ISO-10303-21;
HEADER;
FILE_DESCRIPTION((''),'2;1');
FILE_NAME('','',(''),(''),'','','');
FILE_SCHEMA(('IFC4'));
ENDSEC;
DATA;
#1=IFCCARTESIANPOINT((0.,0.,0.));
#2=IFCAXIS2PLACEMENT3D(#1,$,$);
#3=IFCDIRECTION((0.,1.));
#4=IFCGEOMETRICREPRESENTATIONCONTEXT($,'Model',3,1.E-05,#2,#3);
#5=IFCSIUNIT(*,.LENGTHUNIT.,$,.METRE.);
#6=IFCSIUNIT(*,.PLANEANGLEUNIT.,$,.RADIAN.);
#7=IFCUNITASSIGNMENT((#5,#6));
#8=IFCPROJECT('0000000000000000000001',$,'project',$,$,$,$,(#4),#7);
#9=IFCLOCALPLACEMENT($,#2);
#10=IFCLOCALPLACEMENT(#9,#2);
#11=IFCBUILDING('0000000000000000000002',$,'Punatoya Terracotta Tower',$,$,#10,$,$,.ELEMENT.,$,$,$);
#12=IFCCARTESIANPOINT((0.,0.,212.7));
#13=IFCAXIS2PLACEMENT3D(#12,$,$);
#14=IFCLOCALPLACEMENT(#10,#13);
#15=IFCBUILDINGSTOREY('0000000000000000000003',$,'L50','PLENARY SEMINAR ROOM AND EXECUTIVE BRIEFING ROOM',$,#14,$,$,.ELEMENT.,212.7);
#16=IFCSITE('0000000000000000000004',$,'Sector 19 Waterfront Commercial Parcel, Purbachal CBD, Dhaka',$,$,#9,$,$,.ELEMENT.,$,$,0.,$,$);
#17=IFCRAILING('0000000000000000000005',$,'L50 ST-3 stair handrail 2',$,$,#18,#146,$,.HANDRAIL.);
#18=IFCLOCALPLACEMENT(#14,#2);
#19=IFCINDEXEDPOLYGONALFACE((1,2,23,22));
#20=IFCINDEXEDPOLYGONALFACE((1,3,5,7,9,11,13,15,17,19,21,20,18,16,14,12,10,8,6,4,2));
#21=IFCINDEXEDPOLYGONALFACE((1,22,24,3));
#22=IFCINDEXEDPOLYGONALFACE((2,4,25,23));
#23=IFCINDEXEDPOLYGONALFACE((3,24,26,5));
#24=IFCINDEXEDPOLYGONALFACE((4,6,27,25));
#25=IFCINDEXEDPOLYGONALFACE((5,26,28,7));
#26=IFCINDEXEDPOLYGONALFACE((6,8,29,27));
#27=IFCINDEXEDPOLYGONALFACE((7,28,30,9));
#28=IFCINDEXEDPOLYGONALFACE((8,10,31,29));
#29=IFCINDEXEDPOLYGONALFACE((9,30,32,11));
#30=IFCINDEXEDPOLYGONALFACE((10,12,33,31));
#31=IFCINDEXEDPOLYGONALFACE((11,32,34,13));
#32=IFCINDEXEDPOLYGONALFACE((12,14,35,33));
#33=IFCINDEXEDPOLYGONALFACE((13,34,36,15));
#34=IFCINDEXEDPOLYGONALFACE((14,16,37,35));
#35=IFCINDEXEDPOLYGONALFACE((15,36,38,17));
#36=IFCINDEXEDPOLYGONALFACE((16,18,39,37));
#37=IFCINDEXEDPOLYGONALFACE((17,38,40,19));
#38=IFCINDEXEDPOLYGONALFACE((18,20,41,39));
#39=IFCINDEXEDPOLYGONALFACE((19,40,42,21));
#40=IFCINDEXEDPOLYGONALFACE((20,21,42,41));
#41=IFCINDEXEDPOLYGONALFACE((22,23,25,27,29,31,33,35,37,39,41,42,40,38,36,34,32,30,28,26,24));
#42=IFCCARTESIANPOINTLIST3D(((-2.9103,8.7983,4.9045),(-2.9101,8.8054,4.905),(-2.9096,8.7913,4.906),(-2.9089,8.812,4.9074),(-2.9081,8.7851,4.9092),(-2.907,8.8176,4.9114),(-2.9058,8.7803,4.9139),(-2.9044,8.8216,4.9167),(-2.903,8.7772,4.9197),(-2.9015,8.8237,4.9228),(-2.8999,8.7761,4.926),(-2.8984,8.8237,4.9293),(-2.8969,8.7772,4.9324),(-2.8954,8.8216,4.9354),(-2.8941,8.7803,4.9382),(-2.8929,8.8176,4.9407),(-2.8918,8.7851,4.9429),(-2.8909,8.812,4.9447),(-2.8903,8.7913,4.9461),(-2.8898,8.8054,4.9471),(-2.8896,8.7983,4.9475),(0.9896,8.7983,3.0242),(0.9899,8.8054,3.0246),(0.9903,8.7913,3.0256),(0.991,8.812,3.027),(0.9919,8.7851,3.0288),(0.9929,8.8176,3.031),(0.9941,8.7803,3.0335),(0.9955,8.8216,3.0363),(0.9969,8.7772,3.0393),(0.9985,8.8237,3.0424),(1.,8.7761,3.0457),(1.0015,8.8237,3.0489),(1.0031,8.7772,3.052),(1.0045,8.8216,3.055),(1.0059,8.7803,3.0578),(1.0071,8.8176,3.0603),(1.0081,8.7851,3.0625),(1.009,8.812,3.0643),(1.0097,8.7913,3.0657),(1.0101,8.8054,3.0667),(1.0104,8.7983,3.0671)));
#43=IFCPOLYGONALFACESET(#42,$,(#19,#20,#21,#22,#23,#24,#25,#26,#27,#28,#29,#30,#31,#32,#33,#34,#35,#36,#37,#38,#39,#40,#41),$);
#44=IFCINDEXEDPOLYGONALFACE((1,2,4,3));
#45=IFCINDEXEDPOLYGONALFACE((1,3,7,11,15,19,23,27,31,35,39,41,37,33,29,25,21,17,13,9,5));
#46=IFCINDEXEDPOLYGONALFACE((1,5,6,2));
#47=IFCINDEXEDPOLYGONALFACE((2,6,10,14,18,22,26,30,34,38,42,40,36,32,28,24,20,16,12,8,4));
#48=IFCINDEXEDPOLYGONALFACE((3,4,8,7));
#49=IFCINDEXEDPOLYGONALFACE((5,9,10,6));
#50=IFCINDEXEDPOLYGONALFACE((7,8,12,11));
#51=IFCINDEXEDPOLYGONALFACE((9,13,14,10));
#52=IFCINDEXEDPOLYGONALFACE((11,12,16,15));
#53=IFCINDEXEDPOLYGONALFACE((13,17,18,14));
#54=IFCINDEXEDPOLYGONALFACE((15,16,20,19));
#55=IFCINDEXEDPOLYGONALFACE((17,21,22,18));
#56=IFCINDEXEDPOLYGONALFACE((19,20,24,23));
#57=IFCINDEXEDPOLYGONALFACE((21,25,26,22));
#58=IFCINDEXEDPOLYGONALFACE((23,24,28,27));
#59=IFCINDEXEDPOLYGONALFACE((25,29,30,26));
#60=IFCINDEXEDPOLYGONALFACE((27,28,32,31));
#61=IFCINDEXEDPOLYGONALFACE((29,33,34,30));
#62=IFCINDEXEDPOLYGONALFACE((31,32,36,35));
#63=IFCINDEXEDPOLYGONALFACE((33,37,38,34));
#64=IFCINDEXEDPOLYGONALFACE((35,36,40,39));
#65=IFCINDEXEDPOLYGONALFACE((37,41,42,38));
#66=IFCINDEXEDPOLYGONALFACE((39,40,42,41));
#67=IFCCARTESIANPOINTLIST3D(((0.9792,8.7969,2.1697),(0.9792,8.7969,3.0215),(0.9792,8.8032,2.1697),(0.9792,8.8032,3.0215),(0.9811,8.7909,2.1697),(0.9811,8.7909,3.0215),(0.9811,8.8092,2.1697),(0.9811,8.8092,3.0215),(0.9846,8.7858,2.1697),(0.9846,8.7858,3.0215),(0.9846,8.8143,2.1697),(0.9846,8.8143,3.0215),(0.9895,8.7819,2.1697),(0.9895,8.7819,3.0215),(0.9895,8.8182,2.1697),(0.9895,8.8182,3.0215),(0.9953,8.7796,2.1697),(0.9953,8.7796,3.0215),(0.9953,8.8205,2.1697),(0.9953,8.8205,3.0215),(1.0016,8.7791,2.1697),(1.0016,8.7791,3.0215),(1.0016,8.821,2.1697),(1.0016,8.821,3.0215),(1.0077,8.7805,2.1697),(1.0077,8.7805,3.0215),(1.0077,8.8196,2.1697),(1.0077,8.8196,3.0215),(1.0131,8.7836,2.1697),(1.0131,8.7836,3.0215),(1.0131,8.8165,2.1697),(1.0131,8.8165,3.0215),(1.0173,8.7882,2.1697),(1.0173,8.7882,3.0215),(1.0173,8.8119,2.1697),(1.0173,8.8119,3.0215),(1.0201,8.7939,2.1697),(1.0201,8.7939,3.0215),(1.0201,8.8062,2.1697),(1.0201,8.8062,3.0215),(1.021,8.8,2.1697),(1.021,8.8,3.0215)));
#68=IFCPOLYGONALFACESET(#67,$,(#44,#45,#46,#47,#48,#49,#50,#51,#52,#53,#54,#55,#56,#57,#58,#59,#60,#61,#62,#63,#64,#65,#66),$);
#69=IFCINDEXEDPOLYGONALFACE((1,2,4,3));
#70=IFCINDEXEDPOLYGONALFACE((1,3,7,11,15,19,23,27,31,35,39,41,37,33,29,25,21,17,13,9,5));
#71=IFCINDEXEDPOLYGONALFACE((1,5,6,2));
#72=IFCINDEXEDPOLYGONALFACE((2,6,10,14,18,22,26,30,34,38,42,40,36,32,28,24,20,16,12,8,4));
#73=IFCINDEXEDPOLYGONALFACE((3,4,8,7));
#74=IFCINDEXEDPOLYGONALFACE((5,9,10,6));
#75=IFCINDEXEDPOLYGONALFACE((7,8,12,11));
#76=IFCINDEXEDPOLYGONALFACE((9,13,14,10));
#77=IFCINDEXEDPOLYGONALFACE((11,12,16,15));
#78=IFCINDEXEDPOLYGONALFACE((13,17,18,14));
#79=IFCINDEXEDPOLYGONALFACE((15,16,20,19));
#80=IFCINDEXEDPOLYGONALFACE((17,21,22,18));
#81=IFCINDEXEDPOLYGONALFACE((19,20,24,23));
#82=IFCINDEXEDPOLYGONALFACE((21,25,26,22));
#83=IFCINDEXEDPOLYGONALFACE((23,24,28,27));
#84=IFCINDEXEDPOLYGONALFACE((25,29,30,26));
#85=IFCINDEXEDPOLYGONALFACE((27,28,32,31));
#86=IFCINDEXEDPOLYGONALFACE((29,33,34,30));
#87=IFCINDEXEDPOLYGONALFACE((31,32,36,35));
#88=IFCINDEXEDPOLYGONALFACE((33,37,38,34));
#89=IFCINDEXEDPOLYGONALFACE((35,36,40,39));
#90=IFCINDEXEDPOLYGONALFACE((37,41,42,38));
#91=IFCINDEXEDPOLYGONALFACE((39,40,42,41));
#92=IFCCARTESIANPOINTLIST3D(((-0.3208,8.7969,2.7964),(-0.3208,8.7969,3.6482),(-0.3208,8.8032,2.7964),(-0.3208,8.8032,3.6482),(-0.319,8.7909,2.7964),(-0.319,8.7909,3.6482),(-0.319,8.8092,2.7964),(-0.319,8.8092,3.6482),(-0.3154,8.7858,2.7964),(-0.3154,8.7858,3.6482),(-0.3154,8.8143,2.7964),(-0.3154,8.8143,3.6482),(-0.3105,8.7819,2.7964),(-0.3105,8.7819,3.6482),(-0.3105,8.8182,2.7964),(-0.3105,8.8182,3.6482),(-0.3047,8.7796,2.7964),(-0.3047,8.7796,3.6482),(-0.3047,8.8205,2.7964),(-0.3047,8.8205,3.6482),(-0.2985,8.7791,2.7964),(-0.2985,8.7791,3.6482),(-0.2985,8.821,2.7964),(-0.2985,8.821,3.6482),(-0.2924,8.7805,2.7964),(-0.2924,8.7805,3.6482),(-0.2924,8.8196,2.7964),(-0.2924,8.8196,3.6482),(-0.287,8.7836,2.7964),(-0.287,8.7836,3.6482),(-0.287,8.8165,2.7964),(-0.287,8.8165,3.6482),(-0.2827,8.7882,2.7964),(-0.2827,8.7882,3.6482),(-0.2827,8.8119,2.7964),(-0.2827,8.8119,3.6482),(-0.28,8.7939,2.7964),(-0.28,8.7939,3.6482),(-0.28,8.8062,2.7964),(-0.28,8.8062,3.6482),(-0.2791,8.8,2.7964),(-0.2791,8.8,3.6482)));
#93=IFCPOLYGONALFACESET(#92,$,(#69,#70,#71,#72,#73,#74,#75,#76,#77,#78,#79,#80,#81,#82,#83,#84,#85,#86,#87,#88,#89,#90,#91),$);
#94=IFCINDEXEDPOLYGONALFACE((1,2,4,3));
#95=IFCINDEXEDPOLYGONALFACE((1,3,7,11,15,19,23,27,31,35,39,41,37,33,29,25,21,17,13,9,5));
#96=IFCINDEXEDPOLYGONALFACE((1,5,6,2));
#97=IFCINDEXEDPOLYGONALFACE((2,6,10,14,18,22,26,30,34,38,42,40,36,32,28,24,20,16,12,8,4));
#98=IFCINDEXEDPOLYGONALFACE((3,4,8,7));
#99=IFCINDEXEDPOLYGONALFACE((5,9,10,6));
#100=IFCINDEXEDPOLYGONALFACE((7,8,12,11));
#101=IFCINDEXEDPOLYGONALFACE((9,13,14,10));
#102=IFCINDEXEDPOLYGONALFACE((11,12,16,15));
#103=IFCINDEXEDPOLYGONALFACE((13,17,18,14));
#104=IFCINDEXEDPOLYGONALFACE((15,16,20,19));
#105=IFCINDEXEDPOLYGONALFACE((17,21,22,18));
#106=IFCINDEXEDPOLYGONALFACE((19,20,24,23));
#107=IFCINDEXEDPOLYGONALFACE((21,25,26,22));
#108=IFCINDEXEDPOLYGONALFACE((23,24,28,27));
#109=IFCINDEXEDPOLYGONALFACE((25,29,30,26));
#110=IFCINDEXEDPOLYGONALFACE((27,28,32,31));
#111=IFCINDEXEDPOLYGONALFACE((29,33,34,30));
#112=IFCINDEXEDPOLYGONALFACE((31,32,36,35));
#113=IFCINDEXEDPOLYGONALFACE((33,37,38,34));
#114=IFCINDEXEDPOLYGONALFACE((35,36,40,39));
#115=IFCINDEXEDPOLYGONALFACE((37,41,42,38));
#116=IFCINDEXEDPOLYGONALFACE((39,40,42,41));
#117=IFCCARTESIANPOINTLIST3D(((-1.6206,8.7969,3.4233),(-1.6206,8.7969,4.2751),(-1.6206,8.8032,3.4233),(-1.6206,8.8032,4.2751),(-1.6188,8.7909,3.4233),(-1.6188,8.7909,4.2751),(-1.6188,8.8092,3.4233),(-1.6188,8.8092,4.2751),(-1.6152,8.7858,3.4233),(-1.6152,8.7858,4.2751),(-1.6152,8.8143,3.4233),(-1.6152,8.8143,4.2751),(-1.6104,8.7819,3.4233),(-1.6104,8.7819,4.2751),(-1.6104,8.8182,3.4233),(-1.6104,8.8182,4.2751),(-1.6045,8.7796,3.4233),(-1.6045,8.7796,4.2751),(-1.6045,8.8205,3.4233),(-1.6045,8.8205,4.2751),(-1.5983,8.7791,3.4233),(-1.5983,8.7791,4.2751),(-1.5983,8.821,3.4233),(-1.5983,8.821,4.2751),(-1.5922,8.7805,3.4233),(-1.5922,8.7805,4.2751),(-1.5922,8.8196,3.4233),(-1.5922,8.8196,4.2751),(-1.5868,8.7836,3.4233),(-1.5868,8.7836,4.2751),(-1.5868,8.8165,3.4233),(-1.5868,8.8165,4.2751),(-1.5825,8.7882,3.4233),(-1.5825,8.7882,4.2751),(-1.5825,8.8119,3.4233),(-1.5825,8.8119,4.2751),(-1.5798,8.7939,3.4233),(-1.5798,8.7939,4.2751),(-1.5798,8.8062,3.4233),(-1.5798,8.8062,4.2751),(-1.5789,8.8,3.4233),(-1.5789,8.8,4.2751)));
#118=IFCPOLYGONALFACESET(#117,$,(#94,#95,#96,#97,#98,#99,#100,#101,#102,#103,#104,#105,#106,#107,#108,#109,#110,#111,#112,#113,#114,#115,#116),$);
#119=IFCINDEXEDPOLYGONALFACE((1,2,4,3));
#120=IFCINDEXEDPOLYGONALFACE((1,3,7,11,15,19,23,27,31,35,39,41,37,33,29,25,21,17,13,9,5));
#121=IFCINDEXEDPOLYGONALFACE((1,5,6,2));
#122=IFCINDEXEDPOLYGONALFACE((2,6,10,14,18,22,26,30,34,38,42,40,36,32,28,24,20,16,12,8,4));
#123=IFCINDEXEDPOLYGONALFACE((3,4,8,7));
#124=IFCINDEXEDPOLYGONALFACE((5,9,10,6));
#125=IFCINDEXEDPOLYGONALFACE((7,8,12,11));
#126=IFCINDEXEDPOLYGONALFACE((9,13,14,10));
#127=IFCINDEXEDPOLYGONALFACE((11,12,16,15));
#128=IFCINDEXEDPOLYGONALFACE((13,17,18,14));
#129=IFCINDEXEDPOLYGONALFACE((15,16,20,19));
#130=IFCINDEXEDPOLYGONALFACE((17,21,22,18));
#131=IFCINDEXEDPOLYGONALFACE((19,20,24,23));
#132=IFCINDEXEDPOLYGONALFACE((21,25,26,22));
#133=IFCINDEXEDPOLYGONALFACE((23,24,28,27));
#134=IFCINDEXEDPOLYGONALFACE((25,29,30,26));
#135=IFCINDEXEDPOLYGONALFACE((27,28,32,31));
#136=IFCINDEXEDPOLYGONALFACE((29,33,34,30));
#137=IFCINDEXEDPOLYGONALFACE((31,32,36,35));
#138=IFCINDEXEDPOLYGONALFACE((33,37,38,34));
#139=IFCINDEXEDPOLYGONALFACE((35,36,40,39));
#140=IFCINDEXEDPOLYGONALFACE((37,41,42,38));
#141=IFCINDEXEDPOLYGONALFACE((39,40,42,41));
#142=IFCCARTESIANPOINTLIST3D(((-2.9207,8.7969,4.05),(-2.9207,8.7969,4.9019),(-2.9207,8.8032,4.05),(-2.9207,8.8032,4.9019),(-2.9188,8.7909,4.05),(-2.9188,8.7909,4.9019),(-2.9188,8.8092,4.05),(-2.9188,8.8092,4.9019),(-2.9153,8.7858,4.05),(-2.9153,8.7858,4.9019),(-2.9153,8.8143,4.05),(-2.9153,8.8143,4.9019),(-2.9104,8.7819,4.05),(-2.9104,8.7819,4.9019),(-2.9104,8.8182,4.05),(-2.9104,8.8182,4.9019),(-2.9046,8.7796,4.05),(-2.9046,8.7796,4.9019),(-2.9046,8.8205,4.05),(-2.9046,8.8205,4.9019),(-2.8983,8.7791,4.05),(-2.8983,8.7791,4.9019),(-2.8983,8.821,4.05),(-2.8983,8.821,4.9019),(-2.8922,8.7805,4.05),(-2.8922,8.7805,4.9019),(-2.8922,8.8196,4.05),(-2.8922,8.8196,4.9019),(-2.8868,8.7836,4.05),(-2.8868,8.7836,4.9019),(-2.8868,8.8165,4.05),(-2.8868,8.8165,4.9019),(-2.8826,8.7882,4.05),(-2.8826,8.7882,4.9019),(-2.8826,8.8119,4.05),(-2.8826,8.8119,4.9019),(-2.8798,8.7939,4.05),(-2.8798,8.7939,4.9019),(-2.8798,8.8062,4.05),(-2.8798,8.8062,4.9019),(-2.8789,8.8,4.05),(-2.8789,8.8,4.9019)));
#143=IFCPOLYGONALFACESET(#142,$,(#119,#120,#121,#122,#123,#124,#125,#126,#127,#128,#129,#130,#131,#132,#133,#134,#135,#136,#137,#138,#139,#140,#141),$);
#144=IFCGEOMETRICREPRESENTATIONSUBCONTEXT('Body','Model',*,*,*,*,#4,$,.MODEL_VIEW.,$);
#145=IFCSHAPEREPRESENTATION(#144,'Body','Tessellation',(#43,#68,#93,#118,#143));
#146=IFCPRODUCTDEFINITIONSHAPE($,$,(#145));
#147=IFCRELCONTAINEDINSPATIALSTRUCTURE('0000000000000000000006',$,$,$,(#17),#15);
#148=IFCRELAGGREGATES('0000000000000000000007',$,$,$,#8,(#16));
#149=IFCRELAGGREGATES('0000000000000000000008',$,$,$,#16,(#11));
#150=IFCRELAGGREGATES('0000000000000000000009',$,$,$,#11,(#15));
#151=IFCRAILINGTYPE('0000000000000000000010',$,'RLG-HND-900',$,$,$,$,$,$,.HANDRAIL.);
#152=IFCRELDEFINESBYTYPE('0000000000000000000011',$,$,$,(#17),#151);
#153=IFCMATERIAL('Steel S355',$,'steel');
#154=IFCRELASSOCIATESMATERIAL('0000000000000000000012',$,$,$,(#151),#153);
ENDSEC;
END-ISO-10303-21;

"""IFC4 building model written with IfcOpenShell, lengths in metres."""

from ifc_helpers import new_model, si_unit, direction, frame, origin, origin_2d, place, context, subcontext, project, spatial, circle, extrude, material, type_object, element, save


model = new_model("IFC4")

# Units and contexts
model_context = context("Model", 3, precision=1e-05, world=origin(), true_north=direction((0.0, 1.0)))
body_context = subcontext(model_context, "Body", "Model", "MODEL_VIEW")
ifc_project = project(units=[si_unit("LENGTHUNIT", "METRE"), si_unit("PLANEANGLEUNIT", "RADIAN")], contexts=[model_context])

# Site, building, storey
site_placement = place(None, origin())
site = spatial("IfcSite", under=ifc_project, at=site_placement, Name="Sector 19 Waterfront Commercial Parcel, Purbachal CBD, Dhaka", CompositionType="ELEMENT", RefElevation=0.0)
building_placement = place(site_placement, origin())
building = spatial("IfcBuilding", under=site, at=building_placement, Name="Punatoya Terracotta Tower", CompositionType="ELEMENT")
storey_placement = place(building_placement, frame((0.0, 0.0, 212.7)))
storey = spatial("IfcBuildingStorey", under=building, at=storey_placement, Name="L50", Description="PLENARY SEMINAR ROOM AND EXECUTIVE BRIEFING ROOM", CompositionType="ELEMENT", Elevation=212.7)

# Shared definitions
ifc_material_1 = material(Name="Steel S355", Category="steel")

# Railing
railing_type = type_object("IfcRailingType", Name="RLG-HND-900", PredefinedType="HANDRAIL", material=ifc_material_1)
railing_placement = place(storey_placement, frame((1.0, 8.8, 2.1697)))
element("IfcRailing", 1, at=railing_placement, inside=storey, type_object=railing_type, Name="L50 ST-3 stair handrail 2", PredefinedType="HANDRAIL", context=body_context, shape_type="SweptSolid", body=[
    extrude(circle(Radius=0.0239, at=origin_2d()), frame((0.0, 0.0, 0.876), z_axis=(-0.900763, 0.0, 0.434311), x_axis=(0.0, -1.0, 0.0)), (0.0, 0.0, 1.0), 4.3296),
    extrude(circle(Radius=0.021, at=origin_2d()), origin(), (0.0, 0.0, 1.0), 0.8518),
    extrude(circle(Radius=0.021, at=origin_2d()), frame((-1.3, 0.0, 0.6267)), (0.0, 0.0, 1.0), 0.8518),
    extrude(circle(Radius=0.021, at=origin_2d()), frame((-2.5999, 0.0, 1.2537)), (0.0, 0.0, 1.0), 0.8518),
    extrude(circle(Radius=0.021, at=origin_2d()), frame((-3.8999, 0.0, 1.8804)), (0.0, 0.0, 1.0), 0.8518),
])

save(model, "model.ifc")
